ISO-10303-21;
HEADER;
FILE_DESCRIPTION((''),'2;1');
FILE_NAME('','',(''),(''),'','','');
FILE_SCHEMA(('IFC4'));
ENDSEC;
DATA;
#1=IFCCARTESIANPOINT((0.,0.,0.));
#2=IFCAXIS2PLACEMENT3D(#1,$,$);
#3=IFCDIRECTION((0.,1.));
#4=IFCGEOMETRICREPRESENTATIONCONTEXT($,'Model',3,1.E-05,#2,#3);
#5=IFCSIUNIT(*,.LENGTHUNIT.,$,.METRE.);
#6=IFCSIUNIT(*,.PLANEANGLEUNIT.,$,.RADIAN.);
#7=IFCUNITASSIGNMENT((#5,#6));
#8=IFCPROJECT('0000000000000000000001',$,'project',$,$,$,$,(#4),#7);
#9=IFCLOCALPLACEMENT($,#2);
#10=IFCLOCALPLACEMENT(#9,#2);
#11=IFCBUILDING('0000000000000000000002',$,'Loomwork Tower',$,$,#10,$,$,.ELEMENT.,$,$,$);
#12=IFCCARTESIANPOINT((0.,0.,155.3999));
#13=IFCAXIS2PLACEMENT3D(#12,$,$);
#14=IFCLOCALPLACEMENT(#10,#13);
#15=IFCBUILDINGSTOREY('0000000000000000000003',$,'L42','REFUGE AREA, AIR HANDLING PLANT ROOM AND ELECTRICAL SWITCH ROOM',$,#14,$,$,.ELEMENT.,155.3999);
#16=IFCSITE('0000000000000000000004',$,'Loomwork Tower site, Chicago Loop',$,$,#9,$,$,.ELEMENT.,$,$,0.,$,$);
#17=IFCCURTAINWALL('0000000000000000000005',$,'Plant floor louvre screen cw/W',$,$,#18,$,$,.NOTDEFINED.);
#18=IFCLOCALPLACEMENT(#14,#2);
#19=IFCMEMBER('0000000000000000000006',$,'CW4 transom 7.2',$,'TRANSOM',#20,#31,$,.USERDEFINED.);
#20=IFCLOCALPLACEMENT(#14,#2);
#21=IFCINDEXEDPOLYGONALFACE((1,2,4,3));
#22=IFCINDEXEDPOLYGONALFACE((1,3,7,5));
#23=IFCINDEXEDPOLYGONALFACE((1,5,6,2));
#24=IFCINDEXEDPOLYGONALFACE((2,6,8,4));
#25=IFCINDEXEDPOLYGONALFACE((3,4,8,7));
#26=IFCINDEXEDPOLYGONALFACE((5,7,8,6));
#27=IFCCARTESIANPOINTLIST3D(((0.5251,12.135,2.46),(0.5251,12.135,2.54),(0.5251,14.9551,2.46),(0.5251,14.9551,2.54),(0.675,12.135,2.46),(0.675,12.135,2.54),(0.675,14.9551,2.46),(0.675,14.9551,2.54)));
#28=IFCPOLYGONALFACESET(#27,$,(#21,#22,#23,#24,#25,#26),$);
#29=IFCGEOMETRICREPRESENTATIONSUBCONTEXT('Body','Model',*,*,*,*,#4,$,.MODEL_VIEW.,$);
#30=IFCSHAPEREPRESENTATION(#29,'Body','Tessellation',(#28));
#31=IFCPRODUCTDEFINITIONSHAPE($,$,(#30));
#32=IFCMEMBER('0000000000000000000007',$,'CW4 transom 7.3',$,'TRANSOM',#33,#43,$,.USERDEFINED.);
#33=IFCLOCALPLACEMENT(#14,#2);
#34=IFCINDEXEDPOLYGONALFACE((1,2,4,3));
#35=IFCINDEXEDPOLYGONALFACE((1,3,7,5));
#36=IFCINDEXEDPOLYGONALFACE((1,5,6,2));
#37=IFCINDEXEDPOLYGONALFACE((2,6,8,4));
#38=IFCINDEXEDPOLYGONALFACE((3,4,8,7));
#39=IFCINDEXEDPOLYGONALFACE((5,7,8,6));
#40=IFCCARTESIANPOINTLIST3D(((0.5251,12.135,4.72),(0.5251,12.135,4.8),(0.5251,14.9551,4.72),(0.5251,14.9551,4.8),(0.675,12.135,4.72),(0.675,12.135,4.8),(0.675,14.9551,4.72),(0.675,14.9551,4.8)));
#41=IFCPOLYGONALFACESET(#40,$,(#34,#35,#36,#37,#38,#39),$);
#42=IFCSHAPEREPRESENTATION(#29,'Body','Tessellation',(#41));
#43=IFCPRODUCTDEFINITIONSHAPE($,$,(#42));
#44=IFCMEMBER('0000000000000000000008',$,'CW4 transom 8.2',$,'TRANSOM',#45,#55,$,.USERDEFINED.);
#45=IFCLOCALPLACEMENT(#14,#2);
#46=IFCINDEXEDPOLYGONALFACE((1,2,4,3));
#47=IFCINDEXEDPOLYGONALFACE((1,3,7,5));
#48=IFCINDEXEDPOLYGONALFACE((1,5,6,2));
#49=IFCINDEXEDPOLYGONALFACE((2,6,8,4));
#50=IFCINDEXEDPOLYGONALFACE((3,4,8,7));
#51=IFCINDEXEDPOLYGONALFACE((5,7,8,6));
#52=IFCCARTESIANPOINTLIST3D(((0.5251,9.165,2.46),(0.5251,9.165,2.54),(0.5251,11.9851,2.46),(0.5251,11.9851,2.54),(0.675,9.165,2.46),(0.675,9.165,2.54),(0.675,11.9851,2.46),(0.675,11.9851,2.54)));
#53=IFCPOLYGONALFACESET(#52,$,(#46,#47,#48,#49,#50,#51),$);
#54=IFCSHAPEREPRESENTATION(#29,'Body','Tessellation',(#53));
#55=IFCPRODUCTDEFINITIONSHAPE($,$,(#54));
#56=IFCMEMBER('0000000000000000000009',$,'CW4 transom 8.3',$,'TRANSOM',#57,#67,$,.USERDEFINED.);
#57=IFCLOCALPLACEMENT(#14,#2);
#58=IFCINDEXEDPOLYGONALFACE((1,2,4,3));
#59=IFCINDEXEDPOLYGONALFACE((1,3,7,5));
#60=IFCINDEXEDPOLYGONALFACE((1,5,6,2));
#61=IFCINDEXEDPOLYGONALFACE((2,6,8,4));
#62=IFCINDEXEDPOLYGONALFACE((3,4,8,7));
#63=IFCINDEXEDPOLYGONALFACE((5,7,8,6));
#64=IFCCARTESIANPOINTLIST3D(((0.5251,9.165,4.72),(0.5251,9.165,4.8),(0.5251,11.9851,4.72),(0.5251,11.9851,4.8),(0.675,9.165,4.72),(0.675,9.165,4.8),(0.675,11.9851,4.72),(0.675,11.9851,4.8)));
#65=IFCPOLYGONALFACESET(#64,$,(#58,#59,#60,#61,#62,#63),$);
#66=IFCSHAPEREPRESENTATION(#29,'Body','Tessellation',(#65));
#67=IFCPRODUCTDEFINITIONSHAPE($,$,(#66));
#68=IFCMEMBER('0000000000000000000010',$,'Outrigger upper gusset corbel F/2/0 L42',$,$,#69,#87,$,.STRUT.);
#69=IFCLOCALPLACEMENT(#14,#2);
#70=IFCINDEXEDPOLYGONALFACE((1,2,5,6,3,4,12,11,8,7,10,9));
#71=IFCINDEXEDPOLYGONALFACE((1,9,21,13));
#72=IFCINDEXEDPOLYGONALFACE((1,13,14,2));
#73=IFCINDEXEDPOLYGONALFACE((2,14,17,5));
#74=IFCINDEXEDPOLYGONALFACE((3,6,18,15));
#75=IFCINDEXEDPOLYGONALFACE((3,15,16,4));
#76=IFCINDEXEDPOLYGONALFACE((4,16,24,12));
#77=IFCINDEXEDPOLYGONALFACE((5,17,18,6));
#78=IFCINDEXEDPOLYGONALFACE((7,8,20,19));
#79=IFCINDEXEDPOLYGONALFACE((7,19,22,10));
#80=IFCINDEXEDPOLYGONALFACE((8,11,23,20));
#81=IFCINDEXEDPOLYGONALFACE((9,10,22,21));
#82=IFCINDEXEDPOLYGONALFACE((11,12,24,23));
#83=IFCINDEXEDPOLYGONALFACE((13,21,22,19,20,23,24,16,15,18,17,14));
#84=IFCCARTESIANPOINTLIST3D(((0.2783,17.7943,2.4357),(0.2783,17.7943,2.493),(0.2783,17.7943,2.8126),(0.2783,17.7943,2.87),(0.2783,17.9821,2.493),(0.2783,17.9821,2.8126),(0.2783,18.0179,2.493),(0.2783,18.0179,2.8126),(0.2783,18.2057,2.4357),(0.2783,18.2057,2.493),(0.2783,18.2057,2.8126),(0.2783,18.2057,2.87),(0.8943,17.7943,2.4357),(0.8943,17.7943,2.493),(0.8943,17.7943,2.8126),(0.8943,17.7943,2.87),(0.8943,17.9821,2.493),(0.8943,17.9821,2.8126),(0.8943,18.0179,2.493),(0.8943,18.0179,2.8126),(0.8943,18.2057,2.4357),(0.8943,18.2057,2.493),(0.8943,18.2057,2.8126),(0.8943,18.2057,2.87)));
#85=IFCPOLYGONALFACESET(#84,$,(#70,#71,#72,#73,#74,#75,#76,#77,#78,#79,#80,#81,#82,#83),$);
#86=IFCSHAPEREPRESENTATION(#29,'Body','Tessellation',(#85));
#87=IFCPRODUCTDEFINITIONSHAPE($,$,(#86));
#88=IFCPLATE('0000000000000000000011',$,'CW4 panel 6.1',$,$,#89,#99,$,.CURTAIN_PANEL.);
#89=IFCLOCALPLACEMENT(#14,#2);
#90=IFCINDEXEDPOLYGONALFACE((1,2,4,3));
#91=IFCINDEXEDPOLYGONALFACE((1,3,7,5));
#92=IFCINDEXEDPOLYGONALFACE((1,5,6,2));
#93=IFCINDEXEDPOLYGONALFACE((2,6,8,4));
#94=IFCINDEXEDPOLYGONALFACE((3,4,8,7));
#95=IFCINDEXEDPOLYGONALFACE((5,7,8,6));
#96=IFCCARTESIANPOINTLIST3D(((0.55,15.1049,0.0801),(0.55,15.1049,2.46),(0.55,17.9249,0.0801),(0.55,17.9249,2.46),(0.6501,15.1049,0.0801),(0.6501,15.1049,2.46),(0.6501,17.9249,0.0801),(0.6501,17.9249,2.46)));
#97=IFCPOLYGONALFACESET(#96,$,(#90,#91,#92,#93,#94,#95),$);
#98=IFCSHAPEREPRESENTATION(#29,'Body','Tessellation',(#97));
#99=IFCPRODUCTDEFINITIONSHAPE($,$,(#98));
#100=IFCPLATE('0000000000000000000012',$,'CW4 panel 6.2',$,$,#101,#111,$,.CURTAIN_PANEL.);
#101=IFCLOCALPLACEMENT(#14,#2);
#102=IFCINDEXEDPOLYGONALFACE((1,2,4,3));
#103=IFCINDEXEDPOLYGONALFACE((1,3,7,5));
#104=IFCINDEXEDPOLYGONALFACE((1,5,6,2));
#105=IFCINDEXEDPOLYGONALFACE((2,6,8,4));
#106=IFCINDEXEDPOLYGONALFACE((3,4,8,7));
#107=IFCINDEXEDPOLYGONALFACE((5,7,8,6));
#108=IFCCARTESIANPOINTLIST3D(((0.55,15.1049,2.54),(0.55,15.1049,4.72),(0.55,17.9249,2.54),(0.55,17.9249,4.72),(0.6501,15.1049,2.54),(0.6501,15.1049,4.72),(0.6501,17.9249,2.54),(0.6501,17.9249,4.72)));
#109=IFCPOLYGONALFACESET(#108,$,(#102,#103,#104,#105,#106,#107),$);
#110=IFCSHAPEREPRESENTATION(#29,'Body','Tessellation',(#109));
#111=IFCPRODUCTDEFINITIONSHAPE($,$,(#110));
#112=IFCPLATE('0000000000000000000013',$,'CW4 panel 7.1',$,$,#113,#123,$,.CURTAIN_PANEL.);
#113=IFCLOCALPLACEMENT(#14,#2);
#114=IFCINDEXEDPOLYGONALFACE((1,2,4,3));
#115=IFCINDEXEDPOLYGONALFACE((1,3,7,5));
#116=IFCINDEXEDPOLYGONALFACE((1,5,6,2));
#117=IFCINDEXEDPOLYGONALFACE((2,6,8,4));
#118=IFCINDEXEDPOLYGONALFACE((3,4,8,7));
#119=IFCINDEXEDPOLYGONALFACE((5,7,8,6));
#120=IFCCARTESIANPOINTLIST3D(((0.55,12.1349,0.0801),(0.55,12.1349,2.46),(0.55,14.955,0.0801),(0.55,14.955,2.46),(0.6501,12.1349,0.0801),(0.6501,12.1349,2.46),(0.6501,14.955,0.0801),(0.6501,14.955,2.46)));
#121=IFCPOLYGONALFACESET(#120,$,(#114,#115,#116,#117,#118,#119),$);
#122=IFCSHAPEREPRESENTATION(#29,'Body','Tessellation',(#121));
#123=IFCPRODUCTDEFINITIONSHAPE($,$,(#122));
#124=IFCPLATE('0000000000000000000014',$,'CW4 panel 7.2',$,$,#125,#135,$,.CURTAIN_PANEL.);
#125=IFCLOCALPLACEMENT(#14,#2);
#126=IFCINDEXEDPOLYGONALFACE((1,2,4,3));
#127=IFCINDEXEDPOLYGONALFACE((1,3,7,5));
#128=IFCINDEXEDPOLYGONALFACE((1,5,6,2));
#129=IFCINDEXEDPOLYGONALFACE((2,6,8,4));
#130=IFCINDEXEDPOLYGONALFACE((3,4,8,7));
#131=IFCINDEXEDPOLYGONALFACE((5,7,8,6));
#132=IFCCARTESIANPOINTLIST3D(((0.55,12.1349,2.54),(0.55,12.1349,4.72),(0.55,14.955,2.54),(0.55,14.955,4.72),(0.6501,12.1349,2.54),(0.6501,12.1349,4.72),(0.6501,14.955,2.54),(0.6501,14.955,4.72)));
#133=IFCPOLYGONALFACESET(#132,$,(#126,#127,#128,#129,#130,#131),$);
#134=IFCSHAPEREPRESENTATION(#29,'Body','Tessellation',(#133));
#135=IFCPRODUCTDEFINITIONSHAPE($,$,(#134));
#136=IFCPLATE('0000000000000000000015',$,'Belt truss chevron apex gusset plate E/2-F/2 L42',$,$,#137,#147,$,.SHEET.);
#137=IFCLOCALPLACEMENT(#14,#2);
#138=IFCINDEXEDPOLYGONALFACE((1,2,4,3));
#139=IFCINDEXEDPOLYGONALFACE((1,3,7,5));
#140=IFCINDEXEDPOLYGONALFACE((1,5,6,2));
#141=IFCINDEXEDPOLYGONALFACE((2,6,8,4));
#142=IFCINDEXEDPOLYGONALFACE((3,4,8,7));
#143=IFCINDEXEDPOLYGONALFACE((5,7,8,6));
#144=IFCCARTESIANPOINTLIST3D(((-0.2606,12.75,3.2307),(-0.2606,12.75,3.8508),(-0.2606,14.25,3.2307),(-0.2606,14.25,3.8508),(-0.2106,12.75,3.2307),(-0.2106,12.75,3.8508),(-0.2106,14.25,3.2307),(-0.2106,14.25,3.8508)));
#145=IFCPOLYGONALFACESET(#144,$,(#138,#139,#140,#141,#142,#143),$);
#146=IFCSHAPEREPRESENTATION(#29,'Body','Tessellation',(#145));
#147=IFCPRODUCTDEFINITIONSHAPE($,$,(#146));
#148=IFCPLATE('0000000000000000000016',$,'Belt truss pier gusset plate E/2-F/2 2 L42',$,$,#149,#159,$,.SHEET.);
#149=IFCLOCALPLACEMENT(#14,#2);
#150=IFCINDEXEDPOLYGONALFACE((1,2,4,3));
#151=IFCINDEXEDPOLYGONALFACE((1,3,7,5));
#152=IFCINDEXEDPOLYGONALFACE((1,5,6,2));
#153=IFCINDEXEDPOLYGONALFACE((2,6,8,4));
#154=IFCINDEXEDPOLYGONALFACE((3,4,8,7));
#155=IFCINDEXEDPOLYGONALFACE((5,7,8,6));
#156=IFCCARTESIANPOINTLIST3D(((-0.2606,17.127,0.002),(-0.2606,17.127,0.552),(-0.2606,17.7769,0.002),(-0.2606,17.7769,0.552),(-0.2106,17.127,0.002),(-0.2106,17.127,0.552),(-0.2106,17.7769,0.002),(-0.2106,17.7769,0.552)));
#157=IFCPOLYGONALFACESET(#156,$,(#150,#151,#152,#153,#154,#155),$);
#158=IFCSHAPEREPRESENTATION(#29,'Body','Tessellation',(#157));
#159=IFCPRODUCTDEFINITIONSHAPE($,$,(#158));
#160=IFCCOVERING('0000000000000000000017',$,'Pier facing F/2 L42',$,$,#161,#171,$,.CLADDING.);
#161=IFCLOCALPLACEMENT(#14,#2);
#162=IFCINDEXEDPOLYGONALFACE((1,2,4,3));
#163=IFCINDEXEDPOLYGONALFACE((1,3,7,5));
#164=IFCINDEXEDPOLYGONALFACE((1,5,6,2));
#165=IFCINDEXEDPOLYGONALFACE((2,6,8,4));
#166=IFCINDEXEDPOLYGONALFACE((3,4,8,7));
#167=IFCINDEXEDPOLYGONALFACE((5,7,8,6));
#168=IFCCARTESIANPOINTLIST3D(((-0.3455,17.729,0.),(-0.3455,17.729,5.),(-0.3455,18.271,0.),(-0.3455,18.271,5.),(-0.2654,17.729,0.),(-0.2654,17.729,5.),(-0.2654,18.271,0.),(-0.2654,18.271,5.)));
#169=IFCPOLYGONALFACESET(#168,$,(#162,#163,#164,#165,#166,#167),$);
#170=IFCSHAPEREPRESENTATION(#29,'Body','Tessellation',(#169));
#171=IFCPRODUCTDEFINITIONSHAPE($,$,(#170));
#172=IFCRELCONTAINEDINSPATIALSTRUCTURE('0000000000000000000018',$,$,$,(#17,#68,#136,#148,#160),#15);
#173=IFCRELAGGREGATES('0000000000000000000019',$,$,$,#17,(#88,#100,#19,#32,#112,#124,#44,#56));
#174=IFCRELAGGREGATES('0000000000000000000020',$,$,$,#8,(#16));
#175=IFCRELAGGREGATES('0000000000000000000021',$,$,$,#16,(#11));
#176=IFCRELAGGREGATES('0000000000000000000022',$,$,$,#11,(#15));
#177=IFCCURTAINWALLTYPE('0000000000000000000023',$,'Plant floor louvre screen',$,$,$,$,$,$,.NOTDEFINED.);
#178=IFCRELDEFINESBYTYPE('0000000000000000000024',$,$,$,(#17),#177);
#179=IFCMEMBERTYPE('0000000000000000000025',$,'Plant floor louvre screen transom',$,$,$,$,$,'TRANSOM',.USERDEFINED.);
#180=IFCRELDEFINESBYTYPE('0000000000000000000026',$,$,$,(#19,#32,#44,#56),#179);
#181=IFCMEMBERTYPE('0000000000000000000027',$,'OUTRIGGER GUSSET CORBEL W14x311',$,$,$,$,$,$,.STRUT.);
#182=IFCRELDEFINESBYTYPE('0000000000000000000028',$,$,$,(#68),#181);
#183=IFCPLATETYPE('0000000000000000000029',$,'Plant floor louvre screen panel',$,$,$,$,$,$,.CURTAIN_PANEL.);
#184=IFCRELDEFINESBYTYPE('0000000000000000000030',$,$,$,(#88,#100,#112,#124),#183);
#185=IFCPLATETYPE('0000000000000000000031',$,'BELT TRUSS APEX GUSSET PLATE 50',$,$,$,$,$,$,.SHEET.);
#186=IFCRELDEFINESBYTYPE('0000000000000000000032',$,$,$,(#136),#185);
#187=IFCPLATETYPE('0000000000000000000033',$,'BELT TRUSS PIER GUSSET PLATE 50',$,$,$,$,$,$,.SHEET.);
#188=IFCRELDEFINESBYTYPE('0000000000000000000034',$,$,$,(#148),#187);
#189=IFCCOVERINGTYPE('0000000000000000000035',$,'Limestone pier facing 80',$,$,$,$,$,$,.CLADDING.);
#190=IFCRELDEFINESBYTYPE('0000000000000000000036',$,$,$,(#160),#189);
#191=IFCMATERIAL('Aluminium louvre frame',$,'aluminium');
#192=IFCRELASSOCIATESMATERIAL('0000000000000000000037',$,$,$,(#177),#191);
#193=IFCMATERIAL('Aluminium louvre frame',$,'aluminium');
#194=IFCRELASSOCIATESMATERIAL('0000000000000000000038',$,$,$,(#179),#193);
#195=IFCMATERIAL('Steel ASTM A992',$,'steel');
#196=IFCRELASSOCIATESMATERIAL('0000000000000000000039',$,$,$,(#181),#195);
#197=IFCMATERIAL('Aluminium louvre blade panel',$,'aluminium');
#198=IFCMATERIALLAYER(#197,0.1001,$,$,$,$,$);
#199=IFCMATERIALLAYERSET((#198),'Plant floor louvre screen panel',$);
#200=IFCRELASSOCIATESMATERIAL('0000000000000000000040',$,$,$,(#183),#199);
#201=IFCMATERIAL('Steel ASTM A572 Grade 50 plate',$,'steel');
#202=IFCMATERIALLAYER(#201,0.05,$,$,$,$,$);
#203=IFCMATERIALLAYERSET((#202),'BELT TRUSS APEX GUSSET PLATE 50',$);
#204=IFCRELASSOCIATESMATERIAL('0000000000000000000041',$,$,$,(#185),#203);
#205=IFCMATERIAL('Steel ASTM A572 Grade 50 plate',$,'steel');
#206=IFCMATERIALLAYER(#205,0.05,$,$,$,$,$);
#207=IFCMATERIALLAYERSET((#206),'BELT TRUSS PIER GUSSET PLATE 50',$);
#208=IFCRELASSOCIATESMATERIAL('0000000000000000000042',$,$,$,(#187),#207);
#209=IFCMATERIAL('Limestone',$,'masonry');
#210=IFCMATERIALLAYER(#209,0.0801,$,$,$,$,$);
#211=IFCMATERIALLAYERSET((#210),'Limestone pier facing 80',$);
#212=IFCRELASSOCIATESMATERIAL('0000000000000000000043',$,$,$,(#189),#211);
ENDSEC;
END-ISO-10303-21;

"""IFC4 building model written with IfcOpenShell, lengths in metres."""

from ifc_helpers import new_model, si_unit, direction, frame, origin, origin_2d, place, context, subcontext, project, spatial, rectangle, i_section, extrude, material, layer, layer_set, material_profile, profile_set, type_object, element, aggregate, save


model = new_model("IFC4")

# Units and contexts
model_context = context("Model", 3, precision=1e-05, world=origin(), true_north=direction((0.0, 1.0)))
body_context = subcontext(model_context, "Body", "Model", "MODEL_VIEW")
ifc_project = project(units=[si_unit("LENGTHUNIT", "METRE"), si_unit("PLANEANGLEUNIT", "RADIAN")], contexts=[model_context])

# Site, building, storey
site_placement = place(None, origin())
site = spatial("IfcSite", under=ifc_project, at=site_placement, Name="Loomwork Tower site, Chicago Loop", CompositionType="ELEMENT", RefElevation=0.0)
building_placement = place(site_placement, origin())
building = spatial("IfcBuilding", under=site, at=building_placement, Name="Loomwork Tower", CompositionType="ELEMENT")
storey_placement = place(building_placement, frame((0.0, 0.0, 155.3999)))
storey = spatial("IfcBuildingStorey", under=building, at=storey_placement, Name="L42", Description="REFUGE AREA, AIR HANDLING PLANT ROOM AND ELECTRICAL SWITCH ROOM", CompositionType="ELEMENT", Elevation=155.3999)

# Curtain wall, members
ifc_material_1 = material(Name="Aluminium louvre frame", Category="aluminium")
curtain_wall_type = type_object("IfcCurtainWallType", Name="Plant floor louvre screen", PredefinedType="NOTDEFINED", material=ifc_material_1)
curtain_wall_placement = place(storey_placement, origin())
curtain_wall = element("IfcCurtainWall", 1, at=curtain_wall_placement, inside=storey, type_object=curtain_wall_type, Name="Plant floor louvre screen cw/W", PredefinedType="NOTDEFINED")
ifc_material_2 = material(Name="Aluminium louvre frame", Category="aluminium")
ifc_material_profile_1 = material_profile(ifc_material_2, rectangle(XDim=0.1499, YDim=0.0801, at=origin_2d()), Name="AL 80x150")
ifc_profile_set_1 = profile_set([ifc_material_profile_1], Name="Aluminium louvre frame")
member_type_1 = type_object("IfcMemberType", Name="Plant floor louvre screen transom", ElementType="TRANSOM", PredefinedType="USERDEFINED", material=ifc_profile_set_1)
member_1_placement = place(storey_placement, frame((0.6001, 14.9551, 2.5), z_axis=(0.0, -1.0, 0.0), x_axis=(1.0, 0.0, 0.0)))
member_1 = element("IfcMember", 2, at=member_1_placement, type_object=member_type_1, Name="CW4 transom 7.2", ObjectType="TRANSOM", PredefinedType="USERDEFINED", context=body_context, shape_type="SweptSolid", body=[
    extrude(rectangle(XDim=0.1499, YDim=0.0801, at=origin_2d()), origin(), (0.0, 0.0, 1.0), 2.8201),
])
member_2_placement = place(storey_placement, frame((0.6001, 14.9551, 4.76), z_axis=(0.0, -1.0, 0.0), x_axis=(1.0, 0.0, 0.0)))
member_2 = element("IfcMember", 3, at=member_2_placement, type_object=member_type_1, Name="CW4 transom 7.3", ObjectType="TRANSOM", PredefinedType="USERDEFINED", context=body_context, shape_type="SweptSolid", body=[
    extrude(rectangle(XDim=0.1499, YDim=0.0801, at=origin_2d()), origin(), (0.0, 0.0, 1.0), 2.8201),
])
member_3_placement = place(storey_placement, frame((0.6001, 11.9851, 2.5), z_axis=(0.0, -1.0, 0.0), x_axis=(1.0, 0.0, 0.0)))
member_3 = element("IfcMember", 4, at=member_3_placement, type_object=member_type_1, Name="CW4 transom 8.2", ObjectType="TRANSOM", PredefinedType="USERDEFINED", context=body_context, shape_type="SweptSolid", body=[
    extrude(rectangle(XDim=0.1499, YDim=0.0801, at=origin_2d()), origin(), (0.0, 0.0, 1.0), 2.8201),
])
member_4_placement = place(storey_placement, frame((0.6001, 11.9851, 4.76), z_axis=(0.0, -1.0, 0.0), x_axis=(1.0, 0.0, 0.0)))
member_4 = element("IfcMember", 5, at=member_4_placement, type_object=member_type_1, Name="CW4 transom 8.3", ObjectType="TRANSOM", PredefinedType="USERDEFINED", context=body_context, shape_type="SweptSolid", body=[
    extrude(rectangle(XDim=0.1499, YDim=0.0801, at=origin_2d()), origin(), (0.0, 0.0, 1.0), 2.8201),
])

# Member
ifc_material_3 = material(Name="Steel ASTM A992", Category="steel")
ifc_material_profile_2 = material_profile(ifc_material_3, i_section(OverallWidth=0.4114, OverallDepth=0.4343, WebThickness=0.0359, FlangeThickness=0.0574, at=origin_2d()), Name="W14x311")
ifc_profile_set_2 = profile_set([ifc_material_profile_2], Name="Steel ASTM A992")
member_type_2 = type_object("IfcMemberType", Name="OUTRIGGER GUSSET CORBEL W14x311", PredefinedType="STRUT", material=ifc_profile_set_2)
member_5_placement = place(storey_placement, frame((0.2783, 18.0, 2.6528), z_axis=(1.0, 0.0, 0.0), x_axis=(0.0, 1.0, 0.0)))
element("IfcMember", 6, at=member_5_placement, inside=storey, type_object=member_type_2, Name="Outrigger upper gusset corbel F/2/0 L42", PredefinedType="STRUT", context=body_context, shape_type="SweptSolid", body=[
    extrude(i_section(OverallWidth=0.4114, OverallDepth=0.4343, WebThickness=0.0359, FlangeThickness=0.0574, at=origin_2d()), origin(), (0.0, 0.0, 1.0), 0.616),
])

# Plates
ifc_material_4 = material(Name="Aluminium louvre blade panel", Category="aluminium")
ifc_layer_1 = layer(ifc_material_4, 0.1001)
ifc_layer_set_1 = layer_set([ifc_layer_1], Name="Plant floor louvre screen panel")
plate_type_1 = type_object("IfcPlateType", Name="Plant floor louvre screen panel", PredefinedType="CURTAIN_PANEL", material=ifc_layer_set_1)
plate_1_placement = place(storey_placement, frame((0.6001, 16.5149, 0.0801), z_axis=(0.0, 0.0, 1.0), x_axis=(0.0, -1.0, 0.0)))
plate_1 = element("IfcPlate", 7, at=plate_1_placement, type_object=plate_type_1, Name="CW4 panel 6.1", PredefinedType="CURTAIN_PANEL", context=body_context, shape_type="SweptSolid", body=[
    extrude(rectangle(XDim=2.8201, YDim=0.1001, at=origin_2d()), origin(), (0.0, 0.0, 1.0), 2.3799),
])
plate_2_placement = place(storey_placement, frame((0.6001, 16.5149, 2.54), z_axis=(0.0, 0.0, 1.0), x_axis=(0.0, -1.0, 0.0)))
plate_2 = element("IfcPlate", 8, at=plate_2_placement, type_object=plate_type_1, Name="CW4 panel 6.2", PredefinedType="CURTAIN_PANEL", context=body_context, shape_type="SweptSolid", body=[
    extrude(rectangle(XDim=2.8201, YDim=0.1001, at=origin_2d()), origin(), (0.0, 0.0, 1.0), 2.1799),
])
plate_3_placement = place(storey_placement, frame((0.6001, 13.5449, 0.0801), z_axis=(0.0, 0.0, 1.0), x_axis=(0.0, -1.0, 0.0)))
plate_3 = element("IfcPlate", 9, at=plate_3_placement, type_object=plate_type_1, Name="CW4 panel 7.1", PredefinedType="CURTAIN_PANEL", context=body_context, shape_type="SweptSolid", body=[
    extrude(rectangle(XDim=2.8201, YDim=0.1001, at=origin_2d()), origin(), (0.0, 0.0, 1.0), 2.3799),
])
plate_4_placement = place(storey_placement, frame((0.6001, 13.5449, 2.54), z_axis=(0.0, 0.0, 1.0), x_axis=(0.0, -1.0, 0.0)))
plate_4 = element("IfcPlate", 10, at=plate_4_placement, type_object=plate_type_1, Name="CW4 panel 7.2", PredefinedType="CURTAIN_PANEL", context=body_context, shape_type="SweptSolid", body=[
    extrude(rectangle(XDim=2.8201, YDim=0.1001, at=origin_2d()), origin(), (0.0, 0.0, 1.0), 2.1799),
])
aggregate(curtain_wall, [plate_1, plate_2, member_1, member_2, plate_3, plate_4, member_3, member_4])

# Plates
ifc_material_5 = material(Name="Steel ASTM A572 Grade 50 plate", Category="steel")
ifc_layer_2 = layer(ifc_material_5, 0.05)
ifc_layer_set_2 = layer_set([ifc_layer_2], Name="BELT TRUSS APEX GUSSET PLATE 50")
plate_type_2 = type_object("IfcPlateType", Name="BELT TRUSS APEX GUSSET PLATE 50", PredefinedType="SHEET", material=ifc_layer_set_2)
plate_5_placement = place(storey_placement, frame((-0.2356, 13.5, 3.2307), z_axis=(0.0, 0.0, 1.0), x_axis=(0.0, 1.0, 0.0)))
element("IfcPlate", 11, at=plate_5_placement, inside=storey, type_object=plate_type_2, Name="Belt truss chevron apex gusset plate E/2-F/2 L42", PredefinedType="SHEET", context=body_context, shape_type="SweptSolid", body=[
    extrude(rectangle(XDim=1.5, YDim=0.05, at=origin_2d()), origin(), (0.0, 0.0, 1.0), 0.6201),
])
ifc_material_6 = material(Name="Steel ASTM A572 Grade 50 plate", Category="steel")
ifc_layer_3 = layer(ifc_material_6, 0.05)
ifc_layer_set_3 = layer_set([ifc_layer_3], Name="BELT TRUSS PIER GUSSET PLATE 50")
plate_type_3 = type_object("IfcPlateType", Name="BELT TRUSS PIER GUSSET PLATE 50", PredefinedType="SHEET", material=ifc_layer_set_3)
plate_6_placement = place(storey_placement, frame((-0.2356, 17.4519, 0.002), z_axis=(0.0, 0.0, 1.0), x_axis=(0.0, 1.0, 0.0)))
element("IfcPlate", 12, at=plate_6_placement, inside=storey, type_object=plate_type_3, Name="Belt truss pier gusset plate E/2-F/2 2 L42", PredefinedType="SHEET", context=body_context, shape_type="SweptSolid", body=[
    extrude(rectangle(XDim=0.6499, YDim=0.05, at=origin_2d()), origin(), (0.0, 0.0, 1.0), 0.55),
])

# Covering
ifc_material_7 = material(Name="Limestone", Category="masonry")
ifc_layer_4 = layer(ifc_material_7, 0.0801)
ifc_layer_set_4 = layer_set([ifc_layer_4], Name="Limestone pier facing 80")
covering_type = type_object("IfcCoveringType", Name="Limestone pier facing 80", PredefinedType="CLADDING", material=ifc_layer_set_4)
covering_placement = place(storey_placement, frame((-0.3054, 18.0, 0.0), z_axis=(0.0, 0.0, 1.0), x_axis=(1.0, 0.0, 0.0)))
element("IfcCovering", 13, at=covering_placement, inside=storey, type_object=covering_type, Name="Pier facing F/2 L42", PredefinedType="CLADDING", context=body_context, shape_type="SweptSolid", body=[
    extrude(rectangle(XDim=0.0801, YDim=0.542, at=origin_2d()), origin(), (0.0, 0.0, 1.0), 5.0),
])

save(model, "model.ifc")
